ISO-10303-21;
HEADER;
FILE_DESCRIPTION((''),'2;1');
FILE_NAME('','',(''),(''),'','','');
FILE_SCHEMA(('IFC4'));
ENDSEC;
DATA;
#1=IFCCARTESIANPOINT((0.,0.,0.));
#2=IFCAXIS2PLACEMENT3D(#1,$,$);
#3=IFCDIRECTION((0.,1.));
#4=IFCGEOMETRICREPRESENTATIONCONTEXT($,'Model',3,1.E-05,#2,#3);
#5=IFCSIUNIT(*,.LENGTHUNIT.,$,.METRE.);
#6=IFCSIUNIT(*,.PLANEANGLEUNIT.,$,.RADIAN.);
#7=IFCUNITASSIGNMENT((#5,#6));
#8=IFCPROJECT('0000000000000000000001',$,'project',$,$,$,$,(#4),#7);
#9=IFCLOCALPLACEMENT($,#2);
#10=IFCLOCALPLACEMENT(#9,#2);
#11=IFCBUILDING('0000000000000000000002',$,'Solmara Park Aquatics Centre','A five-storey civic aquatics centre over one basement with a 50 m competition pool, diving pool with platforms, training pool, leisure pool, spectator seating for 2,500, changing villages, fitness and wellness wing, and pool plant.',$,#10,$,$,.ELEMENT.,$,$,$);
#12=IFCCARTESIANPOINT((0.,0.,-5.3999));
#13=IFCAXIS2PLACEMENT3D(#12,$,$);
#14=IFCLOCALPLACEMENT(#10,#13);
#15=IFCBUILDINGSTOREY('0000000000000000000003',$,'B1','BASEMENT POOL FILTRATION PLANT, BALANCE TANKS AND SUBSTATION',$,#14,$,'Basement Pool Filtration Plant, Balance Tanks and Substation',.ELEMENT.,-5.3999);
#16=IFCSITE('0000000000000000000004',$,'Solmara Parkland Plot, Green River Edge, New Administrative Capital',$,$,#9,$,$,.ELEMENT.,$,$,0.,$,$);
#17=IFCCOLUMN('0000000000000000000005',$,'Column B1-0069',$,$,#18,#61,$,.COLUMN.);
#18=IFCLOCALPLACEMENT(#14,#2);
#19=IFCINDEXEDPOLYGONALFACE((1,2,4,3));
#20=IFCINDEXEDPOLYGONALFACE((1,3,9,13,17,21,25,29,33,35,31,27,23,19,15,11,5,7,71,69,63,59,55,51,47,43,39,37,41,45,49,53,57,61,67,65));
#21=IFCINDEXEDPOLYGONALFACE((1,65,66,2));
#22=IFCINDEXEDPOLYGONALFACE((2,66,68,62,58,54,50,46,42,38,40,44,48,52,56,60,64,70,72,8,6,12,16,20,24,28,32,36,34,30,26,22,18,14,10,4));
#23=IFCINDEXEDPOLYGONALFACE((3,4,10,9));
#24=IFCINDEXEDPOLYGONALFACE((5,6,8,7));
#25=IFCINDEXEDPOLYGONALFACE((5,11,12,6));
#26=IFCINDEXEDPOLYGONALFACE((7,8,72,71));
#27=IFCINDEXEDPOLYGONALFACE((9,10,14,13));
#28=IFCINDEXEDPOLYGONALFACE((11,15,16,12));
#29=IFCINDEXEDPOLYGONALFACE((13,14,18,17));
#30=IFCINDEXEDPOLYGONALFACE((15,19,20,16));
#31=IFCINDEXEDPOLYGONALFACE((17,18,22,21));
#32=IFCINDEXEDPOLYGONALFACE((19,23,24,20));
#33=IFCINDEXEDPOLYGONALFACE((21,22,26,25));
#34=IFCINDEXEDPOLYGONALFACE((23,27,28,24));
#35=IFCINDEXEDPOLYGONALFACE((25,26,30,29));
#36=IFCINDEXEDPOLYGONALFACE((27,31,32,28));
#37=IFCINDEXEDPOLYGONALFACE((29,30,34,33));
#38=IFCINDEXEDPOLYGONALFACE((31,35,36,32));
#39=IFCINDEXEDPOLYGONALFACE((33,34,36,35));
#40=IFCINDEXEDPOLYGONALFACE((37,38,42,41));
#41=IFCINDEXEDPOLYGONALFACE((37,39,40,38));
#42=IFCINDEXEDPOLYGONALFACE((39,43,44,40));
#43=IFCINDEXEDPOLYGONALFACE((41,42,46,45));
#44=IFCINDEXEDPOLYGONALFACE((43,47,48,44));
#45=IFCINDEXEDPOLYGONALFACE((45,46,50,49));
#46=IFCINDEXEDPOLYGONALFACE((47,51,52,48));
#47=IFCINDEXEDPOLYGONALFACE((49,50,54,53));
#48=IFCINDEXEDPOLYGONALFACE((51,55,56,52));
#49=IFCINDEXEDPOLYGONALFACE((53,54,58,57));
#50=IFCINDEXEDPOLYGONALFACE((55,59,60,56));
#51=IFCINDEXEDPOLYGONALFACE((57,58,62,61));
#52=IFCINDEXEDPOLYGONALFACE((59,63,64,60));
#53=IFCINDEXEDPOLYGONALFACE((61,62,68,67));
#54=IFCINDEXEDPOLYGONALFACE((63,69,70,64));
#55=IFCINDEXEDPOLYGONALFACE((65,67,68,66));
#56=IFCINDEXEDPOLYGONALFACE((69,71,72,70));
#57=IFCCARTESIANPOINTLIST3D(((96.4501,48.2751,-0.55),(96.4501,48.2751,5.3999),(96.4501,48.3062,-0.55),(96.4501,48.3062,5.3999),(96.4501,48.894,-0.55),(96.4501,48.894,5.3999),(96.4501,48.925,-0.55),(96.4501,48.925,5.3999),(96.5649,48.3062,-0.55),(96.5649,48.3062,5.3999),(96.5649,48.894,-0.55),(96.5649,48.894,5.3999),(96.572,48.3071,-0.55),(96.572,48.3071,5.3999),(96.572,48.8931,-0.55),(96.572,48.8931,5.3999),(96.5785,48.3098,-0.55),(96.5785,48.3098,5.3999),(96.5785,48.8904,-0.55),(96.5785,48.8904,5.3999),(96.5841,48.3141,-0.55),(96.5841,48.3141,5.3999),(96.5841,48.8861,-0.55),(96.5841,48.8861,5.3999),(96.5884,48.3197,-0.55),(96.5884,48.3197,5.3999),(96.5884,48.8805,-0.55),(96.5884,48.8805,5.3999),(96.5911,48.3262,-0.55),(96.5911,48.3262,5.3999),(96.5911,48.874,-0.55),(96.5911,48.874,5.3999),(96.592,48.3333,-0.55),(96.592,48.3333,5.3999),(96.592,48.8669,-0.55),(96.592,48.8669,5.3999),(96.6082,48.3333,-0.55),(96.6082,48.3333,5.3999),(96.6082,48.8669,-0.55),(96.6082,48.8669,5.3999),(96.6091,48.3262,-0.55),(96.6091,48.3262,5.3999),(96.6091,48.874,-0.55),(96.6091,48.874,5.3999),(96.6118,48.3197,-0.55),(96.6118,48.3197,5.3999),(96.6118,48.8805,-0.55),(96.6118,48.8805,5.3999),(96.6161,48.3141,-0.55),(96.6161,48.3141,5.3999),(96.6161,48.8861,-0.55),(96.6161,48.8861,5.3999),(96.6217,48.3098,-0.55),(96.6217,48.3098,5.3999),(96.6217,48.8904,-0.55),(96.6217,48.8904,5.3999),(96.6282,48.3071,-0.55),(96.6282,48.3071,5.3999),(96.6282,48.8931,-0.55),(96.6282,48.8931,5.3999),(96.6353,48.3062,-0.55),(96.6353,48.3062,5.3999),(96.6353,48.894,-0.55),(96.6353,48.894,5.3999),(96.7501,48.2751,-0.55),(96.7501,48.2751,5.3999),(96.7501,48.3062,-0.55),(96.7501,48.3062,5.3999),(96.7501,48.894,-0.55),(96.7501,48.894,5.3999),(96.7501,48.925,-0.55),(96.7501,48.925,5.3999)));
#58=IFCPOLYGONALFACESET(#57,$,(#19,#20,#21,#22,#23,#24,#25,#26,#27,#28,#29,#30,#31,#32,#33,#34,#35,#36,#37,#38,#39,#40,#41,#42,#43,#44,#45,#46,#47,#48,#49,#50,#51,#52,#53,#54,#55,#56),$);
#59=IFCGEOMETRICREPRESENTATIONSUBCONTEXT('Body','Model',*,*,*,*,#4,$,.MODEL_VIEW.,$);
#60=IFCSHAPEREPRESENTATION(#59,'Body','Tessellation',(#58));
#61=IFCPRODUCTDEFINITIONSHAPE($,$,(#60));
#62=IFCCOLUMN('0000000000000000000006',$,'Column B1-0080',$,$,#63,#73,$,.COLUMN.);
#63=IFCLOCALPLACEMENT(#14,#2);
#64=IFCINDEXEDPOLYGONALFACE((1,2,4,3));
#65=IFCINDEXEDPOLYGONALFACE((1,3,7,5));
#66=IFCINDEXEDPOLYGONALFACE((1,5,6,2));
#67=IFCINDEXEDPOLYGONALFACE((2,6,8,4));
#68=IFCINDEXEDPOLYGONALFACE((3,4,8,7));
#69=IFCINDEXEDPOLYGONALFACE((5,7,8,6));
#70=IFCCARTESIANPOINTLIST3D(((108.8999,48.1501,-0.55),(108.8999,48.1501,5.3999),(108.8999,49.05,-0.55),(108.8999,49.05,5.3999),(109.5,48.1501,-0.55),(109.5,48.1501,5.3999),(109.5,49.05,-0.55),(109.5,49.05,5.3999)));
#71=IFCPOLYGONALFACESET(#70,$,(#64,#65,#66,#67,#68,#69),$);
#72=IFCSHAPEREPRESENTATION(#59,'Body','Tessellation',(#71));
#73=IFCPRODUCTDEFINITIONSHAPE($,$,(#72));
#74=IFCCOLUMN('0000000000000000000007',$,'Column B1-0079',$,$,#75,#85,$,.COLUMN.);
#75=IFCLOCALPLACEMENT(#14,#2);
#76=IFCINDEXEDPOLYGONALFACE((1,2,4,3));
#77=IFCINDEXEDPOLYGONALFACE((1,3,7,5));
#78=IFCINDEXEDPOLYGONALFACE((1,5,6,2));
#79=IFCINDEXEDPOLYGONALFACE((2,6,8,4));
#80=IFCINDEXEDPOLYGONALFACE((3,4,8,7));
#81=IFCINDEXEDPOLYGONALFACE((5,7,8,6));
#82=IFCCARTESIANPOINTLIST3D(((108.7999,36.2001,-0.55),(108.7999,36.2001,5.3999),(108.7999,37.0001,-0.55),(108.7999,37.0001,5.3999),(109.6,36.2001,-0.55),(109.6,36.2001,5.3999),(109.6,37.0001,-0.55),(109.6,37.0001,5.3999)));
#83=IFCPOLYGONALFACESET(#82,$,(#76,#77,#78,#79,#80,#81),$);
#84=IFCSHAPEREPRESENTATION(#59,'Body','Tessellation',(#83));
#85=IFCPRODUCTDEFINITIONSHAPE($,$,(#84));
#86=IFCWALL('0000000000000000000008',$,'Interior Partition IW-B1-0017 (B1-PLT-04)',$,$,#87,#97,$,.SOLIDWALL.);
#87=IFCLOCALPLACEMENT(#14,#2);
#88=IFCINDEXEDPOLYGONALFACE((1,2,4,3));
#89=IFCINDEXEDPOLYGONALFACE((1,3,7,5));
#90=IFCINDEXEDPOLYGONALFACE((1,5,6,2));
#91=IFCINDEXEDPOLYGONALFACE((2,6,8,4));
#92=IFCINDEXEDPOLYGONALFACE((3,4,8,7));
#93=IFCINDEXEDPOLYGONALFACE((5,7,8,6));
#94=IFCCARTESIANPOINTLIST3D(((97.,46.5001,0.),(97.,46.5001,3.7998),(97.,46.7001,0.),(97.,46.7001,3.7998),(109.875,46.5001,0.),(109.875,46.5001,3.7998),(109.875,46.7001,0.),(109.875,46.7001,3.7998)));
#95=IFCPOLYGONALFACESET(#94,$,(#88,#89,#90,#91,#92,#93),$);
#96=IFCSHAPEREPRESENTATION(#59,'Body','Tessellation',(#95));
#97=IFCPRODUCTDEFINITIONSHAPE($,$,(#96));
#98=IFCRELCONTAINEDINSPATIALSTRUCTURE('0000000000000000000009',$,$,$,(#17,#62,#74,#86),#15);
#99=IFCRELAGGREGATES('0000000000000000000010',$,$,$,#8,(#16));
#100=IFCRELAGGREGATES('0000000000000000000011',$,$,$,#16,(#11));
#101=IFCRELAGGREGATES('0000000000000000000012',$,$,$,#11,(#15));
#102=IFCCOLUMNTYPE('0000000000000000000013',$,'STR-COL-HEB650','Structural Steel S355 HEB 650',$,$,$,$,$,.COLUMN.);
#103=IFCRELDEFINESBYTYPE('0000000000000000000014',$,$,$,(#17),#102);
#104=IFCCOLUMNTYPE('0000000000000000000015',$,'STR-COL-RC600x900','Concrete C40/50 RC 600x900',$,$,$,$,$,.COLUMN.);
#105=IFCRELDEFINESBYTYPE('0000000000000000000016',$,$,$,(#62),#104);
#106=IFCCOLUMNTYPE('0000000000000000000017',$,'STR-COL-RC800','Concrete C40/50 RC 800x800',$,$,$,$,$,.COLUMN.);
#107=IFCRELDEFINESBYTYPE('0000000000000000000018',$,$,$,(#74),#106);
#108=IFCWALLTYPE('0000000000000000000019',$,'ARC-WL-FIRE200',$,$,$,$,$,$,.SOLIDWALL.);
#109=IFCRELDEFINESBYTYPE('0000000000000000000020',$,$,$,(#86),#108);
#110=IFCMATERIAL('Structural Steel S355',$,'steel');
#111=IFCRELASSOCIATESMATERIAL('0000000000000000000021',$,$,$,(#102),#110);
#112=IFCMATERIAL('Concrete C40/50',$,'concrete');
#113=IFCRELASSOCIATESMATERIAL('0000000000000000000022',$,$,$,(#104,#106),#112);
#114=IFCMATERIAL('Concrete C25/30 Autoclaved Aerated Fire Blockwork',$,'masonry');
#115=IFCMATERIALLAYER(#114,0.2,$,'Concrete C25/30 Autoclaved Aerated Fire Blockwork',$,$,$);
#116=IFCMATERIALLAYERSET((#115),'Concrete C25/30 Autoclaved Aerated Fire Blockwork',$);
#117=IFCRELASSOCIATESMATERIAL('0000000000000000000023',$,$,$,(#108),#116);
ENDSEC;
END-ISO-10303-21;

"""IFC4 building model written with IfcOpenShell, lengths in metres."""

from ifc_helpers import new_model, si_unit, direction, frame, frame_2d, origin, origin_2d, place, context, subcontext, project, spatial, rectangle, i_section, extrude, material, layer, layer_set, material_profile, profile_set, type_object, element, save


model = new_model("IFC4")

# Units and contexts
model_context = context("Model", 3, precision=1e-05, world=origin(), true_north=direction((0.0, 1.0)))
body_context = subcontext(model_context, "Body", "Model", "MODEL_VIEW")
ifc_project = project(units=[si_unit("LENGTHUNIT", "METRE"), si_unit("PLANEANGLEUNIT", "RADIAN")], contexts=[model_context])

# Site, building, storey
site_placement = place(None, origin())
site = spatial("IfcSite", under=ifc_project, at=site_placement, Name="Solmara Parkland Plot, Green River Edge, New Administrative Capital", CompositionType="ELEMENT", RefElevation=0.0)
building_placement = place(site_placement, origin())
building = spatial("IfcBuilding", under=site, at=building_placement, Name="Solmara Park Aquatics Centre", Description="A five-storey civic aquatics centre over one basement with a 50 m competition pool, diving pool with platforms, training pool, leisure pool, spectator seating for 2,500, changing villages, fitness and wellness wing, and pool plant.", CompositionType="ELEMENT")
storey_placement = place(building_placement, frame((0.0, 0.0, -5.3999)))
storey = spatial("IfcBuildingStorey", under=building, at=storey_placement, Name="B1", Description="BASEMENT POOL FILTRATION PLANT, BALANCE TANKS AND SUBSTATION", LongName="Basement Pool Filtration Plant, Balance Tanks and Substation", CompositionType="ELEMENT", Elevation=-5.3999)

# Columns
ifc_material_1 = material(Name="Structural Steel S355", Category="steel")
ifc_material_profile_1 = material_profile(ifc_material_1, i_section(OverallWidth=0.3, OverallDepth=0.6499, WebThickness=0.0161, FlangeThickness=0.031, FilletRadius=0.0271, at=origin_2d()), Name="HEB 650")
ifc_profile_set_1 = profile_set([ifc_material_profile_1], Name="Structural Steel S355")
column_type_1 = type_object("IfcColumnType", Name="STR-COL-HEB650", Description="Structural Steel S355 HEB 650", PredefinedType="COLUMN", material=ifc_profile_set_1)
column_1_placement = place(storey_placement, frame((96.6001, 48.6001, -0.55), z_axis=(0.0, 0.0, 1.0), x_axis=(1.0, 0.0, 0.0)))
element("IfcColumn", 1, at=column_1_placement, inside=storey, type_object=column_type_1, Name="Column B1-0069", PredefinedType="COLUMN", context=body_context, shape_type="SweptSolid", body=[
    extrude(i_section(OverallWidth=0.3, OverallDepth=0.6499, WebThickness=0.0161, FlangeThickness=0.031, FilletRadius=0.0271, at=origin_2d()), origin(), (0.0, 0.0, 1.0), 5.95),
])
ifc_material_2 = material(Name="Concrete C40/50", Category="concrete")
ifc_material_profile_2 = material_profile(ifc_material_2, rectangle(XDim=0.6001, YDim=0.8999, at=origin_2d()), Name="RC 600x900")
ifc_profile_set_2 = profile_set([ifc_material_profile_2], Name="Concrete C40/50")
column_type_2 = type_object("IfcColumnType", Name="STR-COL-RC600x900", Description="Concrete C40/50 RC 600x900", PredefinedType="COLUMN", material=ifc_profile_set_2)
column_2_placement = place(storey_placement, frame((109.2, 48.6001, -0.55), z_axis=(0.0, 0.0, 1.0), x_axis=(1.0, 0.0, 0.0)))
element("IfcColumn", 2, at=column_2_placement, inside=storey, type_object=column_type_2, Name="Column B1-0080", PredefinedType="COLUMN", context=body_context, shape_type="SweptSolid", body=[
    extrude(rectangle(XDim=0.6001, YDim=0.8999, at=origin_2d()), origin(), (0.0, 0.0, 1.0), 5.95),
])
ifc_material_profile_3 = material_profile(ifc_material_2, rectangle(XDim=0.8, YDim=0.8, at=origin_2d()), Name="RC 800x800")
ifc_profile_set_3 = profile_set([ifc_material_profile_3], Name="Concrete C40/50")
column_type_3 = type_object("IfcColumnType", Name="STR-COL-RC800", Description="Concrete C40/50 RC 800x800", PredefinedType="COLUMN", material=ifc_profile_set_3)
column_3_placement = place(storey_placement, frame((109.2, 36.6001, -0.55), z_axis=(0.0, 0.0, 1.0), x_axis=(1.0, 0.0, 0.0)))
element("IfcColumn", 3, at=column_3_placement, inside=storey, type_object=column_type_3, Name="Column B1-0079", PredefinedType="COLUMN", context=body_context, shape_type="SweptSolid", body=[
    extrude(rectangle(XDim=0.8, YDim=0.8, at=origin_2d()), origin(), (0.0, 0.0, 1.0), 5.95),
])

# Wall
ifc_material_3 = material(Name="Concrete C25/30 Autoclaved Aerated Fire Blockwork", Category="masonry")
ifc_layer = layer(ifc_material_3, 0.2, Name="Concrete C25/30 Autoclaved Aerated Fire Blockwork")
ifc_layer_set = layer_set([ifc_layer], Name="Concrete C25/30 Autoclaved Aerated Fire Blockwork")
wall_type = type_object("IfcWallType", Name="ARC-WL-FIRE200", PredefinedType="SOLIDWALL", material=ifc_layer_set)
wall_placement = place(storey_placement, frame((97.0, 46.6001, 0.0), z_axis=(0.0, 0.0, 1.0), x_axis=(1.0, 0.0, 0.0)))
element("IfcWall", 4, at=wall_placement, inside=storey, type_object=wall_type, Name="Interior Partition IW-B1-0017 (B1-PLT-04)", PredefinedType="SOLIDWALL", context=body_context, shape_type="SweptSolid", body=[
    extrude(rectangle(XDim=12.875, YDim=0.2, at=frame_2d((6.4375, 0.0))), origin(), (0.0, 0.0, 1.0), 3.7998),
])

save(model, "model.ifc")
